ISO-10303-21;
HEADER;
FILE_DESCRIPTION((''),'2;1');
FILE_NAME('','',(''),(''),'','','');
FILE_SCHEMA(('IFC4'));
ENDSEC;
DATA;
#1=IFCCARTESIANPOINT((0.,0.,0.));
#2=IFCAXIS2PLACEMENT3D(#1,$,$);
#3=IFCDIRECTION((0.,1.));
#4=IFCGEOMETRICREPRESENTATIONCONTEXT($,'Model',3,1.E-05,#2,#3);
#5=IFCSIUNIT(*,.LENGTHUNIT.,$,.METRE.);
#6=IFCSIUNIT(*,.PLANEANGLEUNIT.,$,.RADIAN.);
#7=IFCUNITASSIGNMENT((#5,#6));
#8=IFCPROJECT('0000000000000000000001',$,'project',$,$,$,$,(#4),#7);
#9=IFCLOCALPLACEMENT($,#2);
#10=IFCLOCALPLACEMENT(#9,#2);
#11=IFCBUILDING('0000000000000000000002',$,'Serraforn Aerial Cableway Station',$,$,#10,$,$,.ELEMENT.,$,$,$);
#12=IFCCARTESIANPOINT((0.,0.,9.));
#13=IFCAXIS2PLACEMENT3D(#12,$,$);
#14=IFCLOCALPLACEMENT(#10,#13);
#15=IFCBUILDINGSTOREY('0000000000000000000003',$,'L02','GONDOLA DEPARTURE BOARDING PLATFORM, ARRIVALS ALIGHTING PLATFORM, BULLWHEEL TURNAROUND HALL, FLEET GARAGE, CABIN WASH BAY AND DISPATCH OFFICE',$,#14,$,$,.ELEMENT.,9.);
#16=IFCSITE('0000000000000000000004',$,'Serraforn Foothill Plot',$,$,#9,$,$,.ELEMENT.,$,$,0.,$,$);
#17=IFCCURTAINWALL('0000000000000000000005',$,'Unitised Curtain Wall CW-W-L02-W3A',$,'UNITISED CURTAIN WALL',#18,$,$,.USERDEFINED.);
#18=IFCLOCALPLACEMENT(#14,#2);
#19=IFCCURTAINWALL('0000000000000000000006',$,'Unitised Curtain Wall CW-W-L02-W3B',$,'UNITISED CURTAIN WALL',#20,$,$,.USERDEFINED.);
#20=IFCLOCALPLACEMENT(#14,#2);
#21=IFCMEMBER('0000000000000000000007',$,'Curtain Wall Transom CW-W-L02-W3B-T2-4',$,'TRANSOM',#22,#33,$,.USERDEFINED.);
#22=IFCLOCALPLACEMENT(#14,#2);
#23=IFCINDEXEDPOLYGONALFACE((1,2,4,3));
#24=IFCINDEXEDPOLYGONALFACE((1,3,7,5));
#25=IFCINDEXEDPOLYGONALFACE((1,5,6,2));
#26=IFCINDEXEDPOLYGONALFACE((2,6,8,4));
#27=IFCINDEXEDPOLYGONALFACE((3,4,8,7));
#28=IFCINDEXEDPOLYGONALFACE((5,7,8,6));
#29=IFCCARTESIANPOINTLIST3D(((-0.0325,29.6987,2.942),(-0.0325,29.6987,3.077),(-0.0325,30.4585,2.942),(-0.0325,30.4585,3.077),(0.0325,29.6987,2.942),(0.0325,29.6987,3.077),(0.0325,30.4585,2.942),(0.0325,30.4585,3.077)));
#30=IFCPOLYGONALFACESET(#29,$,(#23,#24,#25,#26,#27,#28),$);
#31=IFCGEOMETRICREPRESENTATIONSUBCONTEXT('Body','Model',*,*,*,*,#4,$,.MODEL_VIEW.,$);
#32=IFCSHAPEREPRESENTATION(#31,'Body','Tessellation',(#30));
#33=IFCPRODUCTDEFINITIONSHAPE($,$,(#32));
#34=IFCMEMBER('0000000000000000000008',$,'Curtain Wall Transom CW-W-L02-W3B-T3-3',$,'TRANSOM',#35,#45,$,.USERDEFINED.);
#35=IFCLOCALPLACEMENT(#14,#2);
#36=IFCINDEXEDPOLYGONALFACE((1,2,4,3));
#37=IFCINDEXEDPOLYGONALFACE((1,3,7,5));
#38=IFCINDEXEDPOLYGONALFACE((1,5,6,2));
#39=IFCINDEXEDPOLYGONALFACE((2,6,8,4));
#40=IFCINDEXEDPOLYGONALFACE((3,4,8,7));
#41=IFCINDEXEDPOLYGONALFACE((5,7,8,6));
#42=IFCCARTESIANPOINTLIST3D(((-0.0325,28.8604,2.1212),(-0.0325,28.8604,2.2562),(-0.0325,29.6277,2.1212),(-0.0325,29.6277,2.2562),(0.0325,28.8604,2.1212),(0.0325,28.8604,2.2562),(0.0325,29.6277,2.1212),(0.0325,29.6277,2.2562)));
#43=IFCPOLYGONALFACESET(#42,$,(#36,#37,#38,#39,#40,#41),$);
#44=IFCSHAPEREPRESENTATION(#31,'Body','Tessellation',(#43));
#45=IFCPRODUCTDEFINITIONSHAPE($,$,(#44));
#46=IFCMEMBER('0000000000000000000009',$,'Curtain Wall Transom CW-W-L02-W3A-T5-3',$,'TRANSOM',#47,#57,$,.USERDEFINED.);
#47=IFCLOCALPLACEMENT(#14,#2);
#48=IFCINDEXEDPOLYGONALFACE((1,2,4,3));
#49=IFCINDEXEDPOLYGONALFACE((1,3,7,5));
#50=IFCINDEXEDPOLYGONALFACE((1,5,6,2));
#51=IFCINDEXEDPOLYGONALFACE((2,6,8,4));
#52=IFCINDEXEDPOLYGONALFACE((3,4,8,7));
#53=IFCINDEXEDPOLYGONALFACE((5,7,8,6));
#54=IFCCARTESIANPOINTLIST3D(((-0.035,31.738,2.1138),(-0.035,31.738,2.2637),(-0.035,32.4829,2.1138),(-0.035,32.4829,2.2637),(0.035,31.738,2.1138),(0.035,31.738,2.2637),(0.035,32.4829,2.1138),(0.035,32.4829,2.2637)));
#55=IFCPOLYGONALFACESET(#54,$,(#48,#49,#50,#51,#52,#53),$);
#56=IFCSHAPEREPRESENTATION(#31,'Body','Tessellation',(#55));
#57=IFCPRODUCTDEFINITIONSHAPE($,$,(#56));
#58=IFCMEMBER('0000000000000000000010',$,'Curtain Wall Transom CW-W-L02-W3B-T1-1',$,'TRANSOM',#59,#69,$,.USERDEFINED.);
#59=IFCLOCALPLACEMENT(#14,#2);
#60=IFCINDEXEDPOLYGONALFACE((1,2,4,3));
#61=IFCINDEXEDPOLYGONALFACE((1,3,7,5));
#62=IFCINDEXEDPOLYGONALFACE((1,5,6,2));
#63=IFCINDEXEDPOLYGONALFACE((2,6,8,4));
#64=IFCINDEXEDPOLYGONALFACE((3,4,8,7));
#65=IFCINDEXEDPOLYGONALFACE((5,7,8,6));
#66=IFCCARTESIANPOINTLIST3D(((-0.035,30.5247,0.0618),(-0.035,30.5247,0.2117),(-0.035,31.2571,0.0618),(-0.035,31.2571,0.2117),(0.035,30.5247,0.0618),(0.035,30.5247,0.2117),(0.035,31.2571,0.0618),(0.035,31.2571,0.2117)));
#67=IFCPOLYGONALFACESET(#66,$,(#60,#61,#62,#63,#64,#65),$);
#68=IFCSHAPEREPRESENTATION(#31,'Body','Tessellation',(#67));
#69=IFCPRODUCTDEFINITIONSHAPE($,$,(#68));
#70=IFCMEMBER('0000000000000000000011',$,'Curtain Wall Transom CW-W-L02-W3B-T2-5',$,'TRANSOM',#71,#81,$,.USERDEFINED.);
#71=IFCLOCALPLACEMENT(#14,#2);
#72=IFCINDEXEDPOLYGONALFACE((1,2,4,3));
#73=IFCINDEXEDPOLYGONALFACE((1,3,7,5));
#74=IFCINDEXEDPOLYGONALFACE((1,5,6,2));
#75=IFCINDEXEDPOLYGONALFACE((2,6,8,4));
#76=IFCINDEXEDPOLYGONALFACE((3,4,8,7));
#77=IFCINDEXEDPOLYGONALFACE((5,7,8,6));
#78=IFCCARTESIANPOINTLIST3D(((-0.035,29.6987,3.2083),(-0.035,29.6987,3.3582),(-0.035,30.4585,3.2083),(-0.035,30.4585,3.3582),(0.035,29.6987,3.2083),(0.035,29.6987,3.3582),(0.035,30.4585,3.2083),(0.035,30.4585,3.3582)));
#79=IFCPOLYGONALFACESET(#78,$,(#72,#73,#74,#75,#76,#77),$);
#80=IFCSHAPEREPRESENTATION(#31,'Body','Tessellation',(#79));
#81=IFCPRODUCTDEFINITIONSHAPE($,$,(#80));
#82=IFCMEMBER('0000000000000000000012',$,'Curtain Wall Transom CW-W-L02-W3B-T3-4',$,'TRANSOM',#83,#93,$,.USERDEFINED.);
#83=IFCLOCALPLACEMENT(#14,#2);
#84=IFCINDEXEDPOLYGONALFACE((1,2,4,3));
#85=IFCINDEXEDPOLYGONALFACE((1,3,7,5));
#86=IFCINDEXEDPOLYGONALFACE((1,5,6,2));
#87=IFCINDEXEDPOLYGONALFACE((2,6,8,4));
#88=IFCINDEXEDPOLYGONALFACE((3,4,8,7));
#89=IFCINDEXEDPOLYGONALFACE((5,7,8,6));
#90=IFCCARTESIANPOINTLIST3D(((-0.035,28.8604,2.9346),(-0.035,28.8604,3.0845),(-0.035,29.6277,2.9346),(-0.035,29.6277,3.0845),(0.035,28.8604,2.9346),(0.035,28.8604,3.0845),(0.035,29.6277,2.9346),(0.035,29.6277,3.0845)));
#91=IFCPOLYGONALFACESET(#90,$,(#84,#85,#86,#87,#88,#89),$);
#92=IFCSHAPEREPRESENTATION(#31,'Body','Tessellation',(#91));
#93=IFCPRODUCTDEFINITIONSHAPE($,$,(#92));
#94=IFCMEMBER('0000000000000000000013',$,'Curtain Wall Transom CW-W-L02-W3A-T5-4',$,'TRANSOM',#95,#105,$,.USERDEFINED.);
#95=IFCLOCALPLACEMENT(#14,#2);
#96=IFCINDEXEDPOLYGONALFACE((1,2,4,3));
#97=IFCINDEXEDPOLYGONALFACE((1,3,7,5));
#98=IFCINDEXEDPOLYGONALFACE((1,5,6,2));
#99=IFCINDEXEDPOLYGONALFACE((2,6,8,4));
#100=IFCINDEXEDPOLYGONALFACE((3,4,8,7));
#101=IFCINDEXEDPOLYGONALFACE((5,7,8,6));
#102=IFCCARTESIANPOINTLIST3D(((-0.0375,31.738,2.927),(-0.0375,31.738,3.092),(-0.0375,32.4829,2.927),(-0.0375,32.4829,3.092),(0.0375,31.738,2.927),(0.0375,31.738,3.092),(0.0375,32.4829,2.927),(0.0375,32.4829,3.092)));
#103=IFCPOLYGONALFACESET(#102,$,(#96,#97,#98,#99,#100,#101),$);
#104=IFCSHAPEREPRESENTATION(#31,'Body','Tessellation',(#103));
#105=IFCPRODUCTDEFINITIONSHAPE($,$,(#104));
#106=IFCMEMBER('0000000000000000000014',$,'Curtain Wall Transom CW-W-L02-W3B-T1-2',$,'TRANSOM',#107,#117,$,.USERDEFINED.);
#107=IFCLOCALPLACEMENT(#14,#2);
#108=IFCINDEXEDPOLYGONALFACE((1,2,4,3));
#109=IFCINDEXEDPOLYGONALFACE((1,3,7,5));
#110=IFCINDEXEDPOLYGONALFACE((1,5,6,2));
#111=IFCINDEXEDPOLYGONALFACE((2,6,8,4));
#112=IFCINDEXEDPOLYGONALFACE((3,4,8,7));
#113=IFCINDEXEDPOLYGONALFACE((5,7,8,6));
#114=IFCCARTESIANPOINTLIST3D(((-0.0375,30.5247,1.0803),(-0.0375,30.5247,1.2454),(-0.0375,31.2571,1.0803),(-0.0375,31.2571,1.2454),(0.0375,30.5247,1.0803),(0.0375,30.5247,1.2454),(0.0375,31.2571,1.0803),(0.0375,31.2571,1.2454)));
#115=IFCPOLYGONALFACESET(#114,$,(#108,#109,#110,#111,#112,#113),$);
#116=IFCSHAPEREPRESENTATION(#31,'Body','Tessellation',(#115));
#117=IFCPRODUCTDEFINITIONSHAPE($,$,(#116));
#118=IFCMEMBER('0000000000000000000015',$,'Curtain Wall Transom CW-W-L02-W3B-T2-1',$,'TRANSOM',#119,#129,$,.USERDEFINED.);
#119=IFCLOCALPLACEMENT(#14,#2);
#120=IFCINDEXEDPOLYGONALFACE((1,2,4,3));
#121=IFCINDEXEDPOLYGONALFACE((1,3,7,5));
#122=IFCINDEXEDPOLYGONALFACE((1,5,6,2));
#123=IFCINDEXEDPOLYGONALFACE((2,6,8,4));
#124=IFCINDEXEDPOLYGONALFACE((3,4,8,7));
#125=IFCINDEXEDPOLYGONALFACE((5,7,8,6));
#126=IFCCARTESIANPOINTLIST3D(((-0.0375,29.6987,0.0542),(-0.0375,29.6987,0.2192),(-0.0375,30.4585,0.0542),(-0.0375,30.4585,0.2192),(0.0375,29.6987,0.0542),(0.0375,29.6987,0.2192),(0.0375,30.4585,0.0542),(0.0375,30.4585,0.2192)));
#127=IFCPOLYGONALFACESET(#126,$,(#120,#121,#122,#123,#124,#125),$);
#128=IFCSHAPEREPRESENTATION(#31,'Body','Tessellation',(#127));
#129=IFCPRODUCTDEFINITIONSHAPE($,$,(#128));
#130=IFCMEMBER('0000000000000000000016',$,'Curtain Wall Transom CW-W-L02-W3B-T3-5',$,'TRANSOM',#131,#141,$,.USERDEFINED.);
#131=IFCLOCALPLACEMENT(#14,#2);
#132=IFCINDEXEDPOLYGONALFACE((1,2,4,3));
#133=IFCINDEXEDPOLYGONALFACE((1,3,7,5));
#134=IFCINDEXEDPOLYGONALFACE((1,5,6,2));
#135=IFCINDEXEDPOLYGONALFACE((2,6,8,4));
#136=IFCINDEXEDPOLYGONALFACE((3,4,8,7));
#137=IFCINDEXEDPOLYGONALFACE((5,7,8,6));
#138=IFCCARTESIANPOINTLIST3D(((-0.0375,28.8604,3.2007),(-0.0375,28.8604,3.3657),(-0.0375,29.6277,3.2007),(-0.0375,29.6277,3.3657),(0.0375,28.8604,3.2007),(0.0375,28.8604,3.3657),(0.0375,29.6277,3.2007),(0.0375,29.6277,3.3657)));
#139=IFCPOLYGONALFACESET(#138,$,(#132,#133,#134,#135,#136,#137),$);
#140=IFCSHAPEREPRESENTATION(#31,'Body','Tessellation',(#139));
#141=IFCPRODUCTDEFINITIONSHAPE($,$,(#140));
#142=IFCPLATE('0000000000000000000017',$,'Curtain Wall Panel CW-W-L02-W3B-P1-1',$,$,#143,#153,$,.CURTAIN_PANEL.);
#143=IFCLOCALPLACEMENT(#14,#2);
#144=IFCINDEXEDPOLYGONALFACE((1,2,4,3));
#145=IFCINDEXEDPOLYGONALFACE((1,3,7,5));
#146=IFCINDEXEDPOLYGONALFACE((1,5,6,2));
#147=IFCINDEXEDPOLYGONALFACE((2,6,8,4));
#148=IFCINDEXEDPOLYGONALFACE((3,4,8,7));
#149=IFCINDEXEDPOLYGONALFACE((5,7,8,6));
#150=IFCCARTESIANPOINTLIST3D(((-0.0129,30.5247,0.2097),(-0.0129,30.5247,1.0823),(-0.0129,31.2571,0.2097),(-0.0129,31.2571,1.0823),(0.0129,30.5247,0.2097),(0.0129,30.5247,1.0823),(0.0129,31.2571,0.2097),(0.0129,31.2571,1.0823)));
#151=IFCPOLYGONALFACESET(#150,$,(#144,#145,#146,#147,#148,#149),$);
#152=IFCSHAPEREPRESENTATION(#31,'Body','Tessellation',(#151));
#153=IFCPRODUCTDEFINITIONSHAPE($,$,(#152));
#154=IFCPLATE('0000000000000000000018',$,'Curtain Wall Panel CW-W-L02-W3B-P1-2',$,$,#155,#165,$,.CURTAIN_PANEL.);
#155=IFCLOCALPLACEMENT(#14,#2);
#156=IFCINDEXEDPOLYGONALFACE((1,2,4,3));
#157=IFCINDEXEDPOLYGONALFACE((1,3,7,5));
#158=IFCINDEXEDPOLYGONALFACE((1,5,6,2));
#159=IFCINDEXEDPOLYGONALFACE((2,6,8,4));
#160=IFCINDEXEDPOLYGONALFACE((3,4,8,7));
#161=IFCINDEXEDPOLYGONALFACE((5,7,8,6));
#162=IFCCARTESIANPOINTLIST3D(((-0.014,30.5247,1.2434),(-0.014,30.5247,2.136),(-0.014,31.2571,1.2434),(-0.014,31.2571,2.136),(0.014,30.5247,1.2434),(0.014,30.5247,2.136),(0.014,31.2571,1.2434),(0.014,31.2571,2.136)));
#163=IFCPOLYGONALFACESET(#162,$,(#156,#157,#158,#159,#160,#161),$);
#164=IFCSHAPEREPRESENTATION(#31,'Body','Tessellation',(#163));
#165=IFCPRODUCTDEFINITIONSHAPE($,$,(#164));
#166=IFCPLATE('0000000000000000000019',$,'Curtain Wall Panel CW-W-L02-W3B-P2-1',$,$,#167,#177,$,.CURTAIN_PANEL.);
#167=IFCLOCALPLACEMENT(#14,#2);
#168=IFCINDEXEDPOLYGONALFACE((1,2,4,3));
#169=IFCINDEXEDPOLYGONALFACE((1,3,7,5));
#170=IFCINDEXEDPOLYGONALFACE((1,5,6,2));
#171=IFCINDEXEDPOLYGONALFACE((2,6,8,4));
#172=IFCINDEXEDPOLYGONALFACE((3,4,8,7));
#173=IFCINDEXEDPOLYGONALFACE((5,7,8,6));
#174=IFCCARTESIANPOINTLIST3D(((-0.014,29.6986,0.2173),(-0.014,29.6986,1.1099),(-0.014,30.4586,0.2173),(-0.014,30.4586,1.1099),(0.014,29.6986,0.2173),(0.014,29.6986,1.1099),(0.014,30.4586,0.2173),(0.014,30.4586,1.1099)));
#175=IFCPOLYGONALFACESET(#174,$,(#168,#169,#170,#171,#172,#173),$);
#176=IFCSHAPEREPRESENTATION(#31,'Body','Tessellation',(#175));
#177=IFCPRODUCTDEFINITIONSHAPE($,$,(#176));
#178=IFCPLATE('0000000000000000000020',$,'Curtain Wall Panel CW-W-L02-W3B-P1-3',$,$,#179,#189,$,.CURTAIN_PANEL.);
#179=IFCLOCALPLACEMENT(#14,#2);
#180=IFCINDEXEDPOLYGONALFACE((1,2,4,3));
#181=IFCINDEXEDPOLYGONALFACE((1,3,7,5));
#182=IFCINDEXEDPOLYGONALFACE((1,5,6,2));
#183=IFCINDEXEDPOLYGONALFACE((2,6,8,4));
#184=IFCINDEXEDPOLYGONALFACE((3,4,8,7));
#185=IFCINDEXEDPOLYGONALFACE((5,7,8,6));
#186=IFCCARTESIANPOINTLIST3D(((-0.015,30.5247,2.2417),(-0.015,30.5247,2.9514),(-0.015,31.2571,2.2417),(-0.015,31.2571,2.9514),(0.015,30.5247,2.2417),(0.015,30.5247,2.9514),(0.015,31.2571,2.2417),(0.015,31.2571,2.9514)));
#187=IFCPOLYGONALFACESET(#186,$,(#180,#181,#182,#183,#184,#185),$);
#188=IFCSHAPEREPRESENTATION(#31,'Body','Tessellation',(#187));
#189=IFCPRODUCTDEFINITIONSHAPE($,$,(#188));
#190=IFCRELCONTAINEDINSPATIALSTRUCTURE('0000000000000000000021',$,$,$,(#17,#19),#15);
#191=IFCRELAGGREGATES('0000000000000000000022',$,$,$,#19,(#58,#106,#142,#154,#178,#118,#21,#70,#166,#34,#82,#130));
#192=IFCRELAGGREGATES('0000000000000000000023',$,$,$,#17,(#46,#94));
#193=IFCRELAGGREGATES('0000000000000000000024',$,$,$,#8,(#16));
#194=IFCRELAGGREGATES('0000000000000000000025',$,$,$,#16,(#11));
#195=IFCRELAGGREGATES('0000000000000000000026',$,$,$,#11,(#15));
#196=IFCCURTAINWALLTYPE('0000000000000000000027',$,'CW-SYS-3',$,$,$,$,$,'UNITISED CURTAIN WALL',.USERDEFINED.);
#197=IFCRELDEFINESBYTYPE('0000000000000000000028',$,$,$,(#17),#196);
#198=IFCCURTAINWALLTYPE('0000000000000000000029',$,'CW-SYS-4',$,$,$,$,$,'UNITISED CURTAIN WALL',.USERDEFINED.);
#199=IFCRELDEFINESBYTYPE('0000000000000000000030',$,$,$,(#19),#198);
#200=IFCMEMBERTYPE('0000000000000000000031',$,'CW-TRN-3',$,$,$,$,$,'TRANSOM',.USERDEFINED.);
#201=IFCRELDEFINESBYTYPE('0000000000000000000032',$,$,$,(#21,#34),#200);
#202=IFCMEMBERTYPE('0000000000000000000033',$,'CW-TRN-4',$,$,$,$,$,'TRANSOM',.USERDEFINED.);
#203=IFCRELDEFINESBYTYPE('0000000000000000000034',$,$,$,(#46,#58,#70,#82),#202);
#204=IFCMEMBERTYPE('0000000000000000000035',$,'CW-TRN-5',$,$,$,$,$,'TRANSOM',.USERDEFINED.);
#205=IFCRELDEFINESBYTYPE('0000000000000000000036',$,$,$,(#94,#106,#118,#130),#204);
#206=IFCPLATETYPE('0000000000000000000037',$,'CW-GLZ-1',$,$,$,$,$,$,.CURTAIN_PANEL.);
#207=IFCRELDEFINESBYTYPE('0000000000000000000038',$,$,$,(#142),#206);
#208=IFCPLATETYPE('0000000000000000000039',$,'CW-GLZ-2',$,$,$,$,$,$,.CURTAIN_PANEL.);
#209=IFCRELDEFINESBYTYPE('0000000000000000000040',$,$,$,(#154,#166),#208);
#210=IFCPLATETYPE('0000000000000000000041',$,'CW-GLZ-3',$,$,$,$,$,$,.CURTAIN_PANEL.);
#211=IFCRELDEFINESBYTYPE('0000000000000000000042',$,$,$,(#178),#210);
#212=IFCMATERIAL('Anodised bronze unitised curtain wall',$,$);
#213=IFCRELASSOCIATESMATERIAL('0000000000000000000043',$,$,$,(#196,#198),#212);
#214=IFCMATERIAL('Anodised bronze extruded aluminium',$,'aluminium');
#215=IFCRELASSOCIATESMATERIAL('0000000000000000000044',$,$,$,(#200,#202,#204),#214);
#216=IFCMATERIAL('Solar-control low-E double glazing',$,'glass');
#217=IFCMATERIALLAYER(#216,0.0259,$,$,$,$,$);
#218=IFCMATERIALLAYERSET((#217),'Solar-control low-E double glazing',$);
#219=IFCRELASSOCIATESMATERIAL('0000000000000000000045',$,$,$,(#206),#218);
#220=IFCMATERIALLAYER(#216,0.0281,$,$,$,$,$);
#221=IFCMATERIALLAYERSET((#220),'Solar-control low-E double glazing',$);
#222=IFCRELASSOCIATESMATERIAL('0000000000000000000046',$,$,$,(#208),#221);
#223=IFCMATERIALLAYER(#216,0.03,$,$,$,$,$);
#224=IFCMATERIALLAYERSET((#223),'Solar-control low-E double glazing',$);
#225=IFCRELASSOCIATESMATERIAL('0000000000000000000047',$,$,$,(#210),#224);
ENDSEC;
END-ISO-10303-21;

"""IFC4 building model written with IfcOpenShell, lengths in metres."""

from ifc_helpers import new_model, si_unit, direction, frame, origin, origin_2d, place, context, subcontext, project, spatial, rectangle, extrude, material, layer, layer_set, material_profile, profile_set, type_object, element, aggregate, save


model = new_model("IFC4")

# Units and contexts
model_context = context("Model", 3, precision=1e-05, world=origin(), true_north=direction((0.0, 1.0)))
body_context = subcontext(model_context, "Body", "Model", "MODEL_VIEW")
ifc_project = project(units=[si_unit("LENGTHUNIT", "METRE"), si_unit("PLANEANGLEUNIT", "RADIAN")], contexts=[model_context])

# Site, building, storey
site_placement = place(None, origin())
site = spatial("IfcSite", under=ifc_project, at=site_placement, Name="Serraforn Foothill Plot", CompositionType="ELEMENT", RefElevation=0.0)
building_placement = place(site_placement, origin())
building = spatial("IfcBuilding", under=site, at=building_placement, Name="Serraforn Aerial Cableway Station", CompositionType="ELEMENT")
storey_placement = place(building_placement, frame((0.0, 0.0, 9.0)))
storey = spatial("IfcBuildingStorey", under=building, at=storey_placement, Name="L02", Description="GONDOLA DEPARTURE BOARDING PLATFORM, ARRIVALS ALIGHTING PLATFORM, BULLWHEEL TURNAROUND HALL, FLEET GARAGE, CABIN WASH BAY AND DISPATCH OFFICE", CompositionType="ELEMENT", Elevation=9.0)

# Curtain wall
ifc_material_1 = material(Name="Anodised bronze unitised curtain wall")
curtain_wall_type_1 = type_object("IfcCurtainWallType", Name="CW-SYS-3", ElementType="UNITISED CURTAIN WALL", PredefinedType="USERDEFINED", material=ifc_material_1)
curtain_wall_1_placement = place(storey_placement, origin())
curtain_wall_1 = element("IfcCurtainWall", 1, at=curtain_wall_1_placement, inside=storey, type_object=curtain_wall_type_1, Name="Unitised Curtain Wall CW-W-L02-W3A", ObjectType="UNITISED CURTAIN WALL", PredefinedType="USERDEFINED")
ifc_material_2 = material(Name="Anodised bronze extruded aluminium", Category="aluminium")

# Curtain wall
curtain_wall_type_2 = type_object("IfcCurtainWallType", Name="CW-SYS-4", ElementType="UNITISED CURTAIN WALL", PredefinedType="USERDEFINED", material=ifc_material_1)
curtain_wall_2_placement = place(storey_placement, origin())
curtain_wall_2 = element("IfcCurtainWall", 2, at=curtain_wall_2_placement, inside=storey, type_object=curtain_wall_type_2, Name="Unitised Curtain Wall CW-W-L02-W3B", ObjectType="UNITISED CURTAIN WALL", PredefinedType="USERDEFINED")

# Members
ifc_material_profile_1 = material_profile(ifc_material_2, rectangle(XDim=0.0649, YDim=0.135, at=origin_2d()), Name="CW TRANSOM 65x135")
ifc_profile_set_1 = profile_set([ifc_material_profile_1], Name="Anodised bronze extruded aluminium")
member_type_1 = type_object("IfcMemberType", Name="CW-TRN-3", ElementType="TRANSOM", PredefinedType="USERDEFINED", material=ifc_profile_set_1)
member_1_placement = place(storey_placement, frame((0.0, 30.4585, 3.0095), z_axis=(0.0, -1.0, 0.0), x_axis=(1.0, 0.0, 0.0)))
member_1 = element("IfcMember", 3, at=member_1_placement, type_object=member_type_1, Name="Curtain Wall Transom CW-W-L02-W3B-T2-4", ObjectType="TRANSOM", PredefinedType="USERDEFINED", context=body_context, shape_type="SweptSolid", body=[
    extrude(rectangle(XDim=0.0649, YDim=0.135, at=origin_2d()), origin(), (0.0, 0.0, 1.0), 0.7598),
])
member_2_placement = place(storey_placement, frame((0.0, 29.6277, 2.1887), z_axis=(0.0, -1.0, 0.0), x_axis=(1.0, 0.0, 0.0)))
member_2 = element("IfcMember", 4, at=member_2_placement, type_object=member_type_1, Name="Curtain Wall Transom CW-W-L02-W3B-T3-3", ObjectType="TRANSOM", PredefinedType="USERDEFINED", context=body_context, shape_type="SweptSolid", body=[
    extrude(rectangle(XDim=0.0649, YDim=0.135, at=origin_2d()), origin(), (0.0, 0.0, 1.0), 0.7673),
])
ifc_material_profile_2 = material_profile(ifc_material_2, rectangle(XDim=0.0701, YDim=0.1499, at=origin_2d()), Name="CW TRANSOM 70x150")
ifc_profile_set_2 = profile_set([ifc_material_profile_2], Name="Anodised bronze extruded aluminium")
member_type_2 = type_object("IfcMemberType", Name="CW-TRN-4", ElementType="TRANSOM", PredefinedType="USERDEFINED", material=ifc_profile_set_2)
member_3_placement = place(storey_placement, frame((0.0, 32.4829, 2.1887), z_axis=(0.0, -1.0, 0.0), x_axis=(1.0, 0.0, 0.0)))
member_3 = element("IfcMember", 5, at=member_3_placement, type_object=member_type_2, Name="Curtain Wall Transom CW-W-L02-W3A-T5-3", ObjectType="TRANSOM", PredefinedType="USERDEFINED", context=body_context, shape_type="SweptSolid", body=[
    extrude(rectangle(XDim=0.0701, YDim=0.1499, at=origin_2d()), origin(), (0.0, 0.0, 1.0), 0.7449),
])
member_4_placement = place(storey_placement, frame((0.0, 31.2571, 0.1367), z_axis=(0.0, -1.0, 0.0), x_axis=(1.0, 0.0, 0.0)))
member_4 = element("IfcMember", 6, at=member_4_placement, type_object=member_type_2, Name="Curtain Wall Transom CW-W-L02-W3B-T1-1", ObjectType="TRANSOM", PredefinedType="USERDEFINED", context=body_context, shape_type="SweptSolid", body=[
    extrude(rectangle(XDim=0.0701, YDim=0.1499, at=origin_2d()), origin(), (0.0, 0.0, 1.0), 0.7324),
])
member_5_placement = place(storey_placement, frame((0.0, 30.4585, 3.2832), z_axis=(0.0, -1.0, 0.0), x_axis=(1.0, 0.0, 0.0)))
member_5 = element("IfcMember", 7, at=member_5_placement, type_object=member_type_2, Name="Curtain Wall Transom CW-W-L02-W3B-T2-5", ObjectType="TRANSOM", PredefinedType="USERDEFINED", context=body_context, shape_type="SweptSolid", body=[
    extrude(rectangle(XDim=0.0701, YDim=0.1499, at=origin_2d()), origin(), (0.0, 0.0, 1.0), 0.7598),
])
member_6_placement = place(storey_placement, frame((0.0, 29.6277, 3.0095), z_axis=(0.0, -1.0, 0.0), x_axis=(1.0, 0.0, 0.0)))
member_6 = element("IfcMember", 8, at=member_6_placement, type_object=member_type_2, Name="Curtain Wall Transom CW-W-L02-W3B-T3-4", ObjectType="TRANSOM", PredefinedType="USERDEFINED", context=body_context, shape_type="SweptSolid", body=[
    extrude(rectangle(XDim=0.0701, YDim=0.1499, at=origin_2d()), origin(), (0.0, 0.0, 1.0), 0.7673),
])
ifc_material_profile_3 = material_profile(ifc_material_2, rectangle(XDim=0.075, YDim=0.165, at=origin_2d()), Name="CW TRANSOM 75x165")
ifc_profile_set_3 = profile_set([ifc_material_profile_3], Name="Anodised bronze extruded aluminium")
member_type_3 = type_object("IfcMemberType", Name="CW-TRN-5", ElementType="TRANSOM", PredefinedType="USERDEFINED", material=ifc_profile_set_3)
member_7_placement = place(storey_placement, frame((0.0, 32.4829, 3.0095), z_axis=(0.0, -1.0, 0.0), x_axis=(1.0, 0.0, 0.0)))
member_7 = element("IfcMember", 9, at=member_7_placement, type_object=member_type_3, Name="Curtain Wall Transom CW-W-L02-W3A-T5-4", ObjectType="TRANSOM", PredefinedType="USERDEFINED", context=body_context, shape_type="SweptSolid", body=[
    extrude(rectangle(XDim=0.075, YDim=0.165, at=origin_2d()), origin(), (0.0, 0.0, 1.0), 0.7449),
])
member_8_placement = place(storey_placement, frame((0.0, 31.2571, 1.1628), z_axis=(0.0, -1.0, 0.0), x_axis=(1.0, 0.0, 0.0)))
member_8 = element("IfcMember", 10, at=member_8_placement, type_object=member_type_3, Name="Curtain Wall Transom CW-W-L02-W3B-T1-2", ObjectType="TRANSOM", PredefinedType="USERDEFINED", context=body_context, shape_type="SweptSolid", body=[
    extrude(rectangle(XDim=0.075, YDim=0.165, at=origin_2d()), origin(), (0.0, 0.0, 1.0), 0.7324),
])
member_9_placement = place(storey_placement, frame((0.0, 30.4585, 0.1367), z_axis=(0.0, -1.0, 0.0), x_axis=(1.0, 0.0, 0.0)))
member_9 = element("IfcMember", 11, at=member_9_placement, type_object=member_type_3, Name="Curtain Wall Transom CW-W-L02-W3B-T2-1", ObjectType="TRANSOM", PredefinedType="USERDEFINED", context=body_context, shape_type="SweptSolid", body=[
    extrude(rectangle(XDim=0.075, YDim=0.165, at=origin_2d()), origin(), (0.0, 0.0, 1.0), 0.7598),
])
member_10_placement = place(storey_placement, frame((0.0, 29.6277, 3.2832), z_axis=(0.0, -1.0, 0.0), x_axis=(1.0, 0.0, 0.0)))
member_10 = element("IfcMember", 12, at=member_10_placement, type_object=member_type_3, Name="Curtain Wall Transom CW-W-L02-W3B-T3-5", ObjectType="TRANSOM", PredefinedType="USERDEFINED", context=body_context, shape_type="SweptSolid", body=[
    extrude(rectangle(XDim=0.075, YDim=0.165, at=origin_2d()), origin(), (0.0, 0.0, 1.0), 0.7673),
])

# Plates
ifc_material_3 = material(Name="Solar-control low-E double glazing", Category="glass")
ifc_layer_1 = layer(ifc_material_3, 0.0259)
ifc_layer_set_1 = layer_set([ifc_layer_1], Name="Solar-control low-E double glazing")
plate_type_1 = type_object("IfcPlateType", Name="CW-GLZ-1", PredefinedType="CURTAIN_PANEL", material=ifc_layer_set_1)
plate_1_placement = place(storey_placement, frame((0.0, 30.8909, 0.2097), z_axis=(0.0, 0.0, 1.0), x_axis=(1.0, 0.0, 0.0)))
plate_1 = element("IfcPlate", 13, at=plate_1_placement, type_object=plate_type_1, Name="Curtain Wall Panel CW-W-L02-W3B-P1-1", PredefinedType="CURTAIN_PANEL", context=body_context, shape_type="SweptSolid", body=[
    extrude(rectangle(XDim=0.0259, YDim=0.7324, at=origin_2d()), origin(), (0.0, 0.0, 1.0), 0.8726),
])
ifc_layer_2 = layer(ifc_material_3, 0.0281)
ifc_layer_set_2 = layer_set([ifc_layer_2], Name="Solar-control low-E double glazing")
plate_type_2 = type_object("IfcPlateType", Name="CW-GLZ-2", PredefinedType="CURTAIN_PANEL", material=ifc_layer_set_2)
plate_2_placement = place(storey_placement, frame((0.0, 30.8909, 1.2434), z_axis=(0.0, 0.0, 1.0), x_axis=(1.0, 0.0, 0.0)))
plate_2 = element("IfcPlate", 14, at=plate_2_placement, type_object=plate_type_2, Name="Curtain Wall Panel CW-W-L02-W3B-P1-2", PredefinedType="CURTAIN_PANEL", context=body_context, shape_type="SweptSolid", body=[
    extrude(rectangle(XDim=0.0281, YDim=0.7324, at=origin_2d()), origin(), (0.0, 0.0, 1.0), 0.8926),
])
plate_3_placement = place(storey_placement, frame((0.0, 30.0786, 0.2173), z_axis=(0.0, 0.0, 1.0), x_axis=(1.0, 0.0, 0.0)))
plate_3 = element("IfcPlate", 15, at=plate_3_placement, type_object=plate_type_2, Name="Curtain Wall Panel CW-W-L02-W3B-P2-1", PredefinedType="CURTAIN_PANEL", context=body_context, shape_type="SweptSolid", body=[
    extrude(rectangle(XDim=0.0281, YDim=0.76, at=origin_2d()), origin(), (0.0, 0.0, 1.0), 0.8926),
])
ifc_layer_3 = layer(ifc_material_3, 0.03)
ifc_layer_set_3 = layer_set([ifc_layer_3], Name="Solar-control low-E double glazing")
plate_type_3 = type_object("IfcPlateType", Name="CW-GLZ-3", PredefinedType="CURTAIN_PANEL", material=ifc_layer_set_3)
plate_4_placement = place(storey_placement, frame((0.0, 30.8909, 2.2417), z_axis=(0.0, 0.0, 1.0), x_axis=(1.0, 0.0, 0.0)))
plate_4 = element("IfcPlate", 16, at=plate_4_placement, type_object=plate_type_3, Name="Curtain Wall Panel CW-W-L02-W3B-P1-3", PredefinedType="CURTAIN_PANEL", context=body_context, shape_type="SweptSolid", body=[
    extrude(rectangle(XDim=0.03, YDim=0.7324, at=origin_2d()), origin(), (0.0, 0.0, 1.0), 0.7097),
])
aggregate(curtain_wall_2, [member_4, member_8, plate_1, plate_2, plate_4, member_9, member_1, member_5, plate_3, member_2, member_6, member_10])
aggregate(curtain_wall_1, [member_3, member_7])

save(model, "model.ifc")
